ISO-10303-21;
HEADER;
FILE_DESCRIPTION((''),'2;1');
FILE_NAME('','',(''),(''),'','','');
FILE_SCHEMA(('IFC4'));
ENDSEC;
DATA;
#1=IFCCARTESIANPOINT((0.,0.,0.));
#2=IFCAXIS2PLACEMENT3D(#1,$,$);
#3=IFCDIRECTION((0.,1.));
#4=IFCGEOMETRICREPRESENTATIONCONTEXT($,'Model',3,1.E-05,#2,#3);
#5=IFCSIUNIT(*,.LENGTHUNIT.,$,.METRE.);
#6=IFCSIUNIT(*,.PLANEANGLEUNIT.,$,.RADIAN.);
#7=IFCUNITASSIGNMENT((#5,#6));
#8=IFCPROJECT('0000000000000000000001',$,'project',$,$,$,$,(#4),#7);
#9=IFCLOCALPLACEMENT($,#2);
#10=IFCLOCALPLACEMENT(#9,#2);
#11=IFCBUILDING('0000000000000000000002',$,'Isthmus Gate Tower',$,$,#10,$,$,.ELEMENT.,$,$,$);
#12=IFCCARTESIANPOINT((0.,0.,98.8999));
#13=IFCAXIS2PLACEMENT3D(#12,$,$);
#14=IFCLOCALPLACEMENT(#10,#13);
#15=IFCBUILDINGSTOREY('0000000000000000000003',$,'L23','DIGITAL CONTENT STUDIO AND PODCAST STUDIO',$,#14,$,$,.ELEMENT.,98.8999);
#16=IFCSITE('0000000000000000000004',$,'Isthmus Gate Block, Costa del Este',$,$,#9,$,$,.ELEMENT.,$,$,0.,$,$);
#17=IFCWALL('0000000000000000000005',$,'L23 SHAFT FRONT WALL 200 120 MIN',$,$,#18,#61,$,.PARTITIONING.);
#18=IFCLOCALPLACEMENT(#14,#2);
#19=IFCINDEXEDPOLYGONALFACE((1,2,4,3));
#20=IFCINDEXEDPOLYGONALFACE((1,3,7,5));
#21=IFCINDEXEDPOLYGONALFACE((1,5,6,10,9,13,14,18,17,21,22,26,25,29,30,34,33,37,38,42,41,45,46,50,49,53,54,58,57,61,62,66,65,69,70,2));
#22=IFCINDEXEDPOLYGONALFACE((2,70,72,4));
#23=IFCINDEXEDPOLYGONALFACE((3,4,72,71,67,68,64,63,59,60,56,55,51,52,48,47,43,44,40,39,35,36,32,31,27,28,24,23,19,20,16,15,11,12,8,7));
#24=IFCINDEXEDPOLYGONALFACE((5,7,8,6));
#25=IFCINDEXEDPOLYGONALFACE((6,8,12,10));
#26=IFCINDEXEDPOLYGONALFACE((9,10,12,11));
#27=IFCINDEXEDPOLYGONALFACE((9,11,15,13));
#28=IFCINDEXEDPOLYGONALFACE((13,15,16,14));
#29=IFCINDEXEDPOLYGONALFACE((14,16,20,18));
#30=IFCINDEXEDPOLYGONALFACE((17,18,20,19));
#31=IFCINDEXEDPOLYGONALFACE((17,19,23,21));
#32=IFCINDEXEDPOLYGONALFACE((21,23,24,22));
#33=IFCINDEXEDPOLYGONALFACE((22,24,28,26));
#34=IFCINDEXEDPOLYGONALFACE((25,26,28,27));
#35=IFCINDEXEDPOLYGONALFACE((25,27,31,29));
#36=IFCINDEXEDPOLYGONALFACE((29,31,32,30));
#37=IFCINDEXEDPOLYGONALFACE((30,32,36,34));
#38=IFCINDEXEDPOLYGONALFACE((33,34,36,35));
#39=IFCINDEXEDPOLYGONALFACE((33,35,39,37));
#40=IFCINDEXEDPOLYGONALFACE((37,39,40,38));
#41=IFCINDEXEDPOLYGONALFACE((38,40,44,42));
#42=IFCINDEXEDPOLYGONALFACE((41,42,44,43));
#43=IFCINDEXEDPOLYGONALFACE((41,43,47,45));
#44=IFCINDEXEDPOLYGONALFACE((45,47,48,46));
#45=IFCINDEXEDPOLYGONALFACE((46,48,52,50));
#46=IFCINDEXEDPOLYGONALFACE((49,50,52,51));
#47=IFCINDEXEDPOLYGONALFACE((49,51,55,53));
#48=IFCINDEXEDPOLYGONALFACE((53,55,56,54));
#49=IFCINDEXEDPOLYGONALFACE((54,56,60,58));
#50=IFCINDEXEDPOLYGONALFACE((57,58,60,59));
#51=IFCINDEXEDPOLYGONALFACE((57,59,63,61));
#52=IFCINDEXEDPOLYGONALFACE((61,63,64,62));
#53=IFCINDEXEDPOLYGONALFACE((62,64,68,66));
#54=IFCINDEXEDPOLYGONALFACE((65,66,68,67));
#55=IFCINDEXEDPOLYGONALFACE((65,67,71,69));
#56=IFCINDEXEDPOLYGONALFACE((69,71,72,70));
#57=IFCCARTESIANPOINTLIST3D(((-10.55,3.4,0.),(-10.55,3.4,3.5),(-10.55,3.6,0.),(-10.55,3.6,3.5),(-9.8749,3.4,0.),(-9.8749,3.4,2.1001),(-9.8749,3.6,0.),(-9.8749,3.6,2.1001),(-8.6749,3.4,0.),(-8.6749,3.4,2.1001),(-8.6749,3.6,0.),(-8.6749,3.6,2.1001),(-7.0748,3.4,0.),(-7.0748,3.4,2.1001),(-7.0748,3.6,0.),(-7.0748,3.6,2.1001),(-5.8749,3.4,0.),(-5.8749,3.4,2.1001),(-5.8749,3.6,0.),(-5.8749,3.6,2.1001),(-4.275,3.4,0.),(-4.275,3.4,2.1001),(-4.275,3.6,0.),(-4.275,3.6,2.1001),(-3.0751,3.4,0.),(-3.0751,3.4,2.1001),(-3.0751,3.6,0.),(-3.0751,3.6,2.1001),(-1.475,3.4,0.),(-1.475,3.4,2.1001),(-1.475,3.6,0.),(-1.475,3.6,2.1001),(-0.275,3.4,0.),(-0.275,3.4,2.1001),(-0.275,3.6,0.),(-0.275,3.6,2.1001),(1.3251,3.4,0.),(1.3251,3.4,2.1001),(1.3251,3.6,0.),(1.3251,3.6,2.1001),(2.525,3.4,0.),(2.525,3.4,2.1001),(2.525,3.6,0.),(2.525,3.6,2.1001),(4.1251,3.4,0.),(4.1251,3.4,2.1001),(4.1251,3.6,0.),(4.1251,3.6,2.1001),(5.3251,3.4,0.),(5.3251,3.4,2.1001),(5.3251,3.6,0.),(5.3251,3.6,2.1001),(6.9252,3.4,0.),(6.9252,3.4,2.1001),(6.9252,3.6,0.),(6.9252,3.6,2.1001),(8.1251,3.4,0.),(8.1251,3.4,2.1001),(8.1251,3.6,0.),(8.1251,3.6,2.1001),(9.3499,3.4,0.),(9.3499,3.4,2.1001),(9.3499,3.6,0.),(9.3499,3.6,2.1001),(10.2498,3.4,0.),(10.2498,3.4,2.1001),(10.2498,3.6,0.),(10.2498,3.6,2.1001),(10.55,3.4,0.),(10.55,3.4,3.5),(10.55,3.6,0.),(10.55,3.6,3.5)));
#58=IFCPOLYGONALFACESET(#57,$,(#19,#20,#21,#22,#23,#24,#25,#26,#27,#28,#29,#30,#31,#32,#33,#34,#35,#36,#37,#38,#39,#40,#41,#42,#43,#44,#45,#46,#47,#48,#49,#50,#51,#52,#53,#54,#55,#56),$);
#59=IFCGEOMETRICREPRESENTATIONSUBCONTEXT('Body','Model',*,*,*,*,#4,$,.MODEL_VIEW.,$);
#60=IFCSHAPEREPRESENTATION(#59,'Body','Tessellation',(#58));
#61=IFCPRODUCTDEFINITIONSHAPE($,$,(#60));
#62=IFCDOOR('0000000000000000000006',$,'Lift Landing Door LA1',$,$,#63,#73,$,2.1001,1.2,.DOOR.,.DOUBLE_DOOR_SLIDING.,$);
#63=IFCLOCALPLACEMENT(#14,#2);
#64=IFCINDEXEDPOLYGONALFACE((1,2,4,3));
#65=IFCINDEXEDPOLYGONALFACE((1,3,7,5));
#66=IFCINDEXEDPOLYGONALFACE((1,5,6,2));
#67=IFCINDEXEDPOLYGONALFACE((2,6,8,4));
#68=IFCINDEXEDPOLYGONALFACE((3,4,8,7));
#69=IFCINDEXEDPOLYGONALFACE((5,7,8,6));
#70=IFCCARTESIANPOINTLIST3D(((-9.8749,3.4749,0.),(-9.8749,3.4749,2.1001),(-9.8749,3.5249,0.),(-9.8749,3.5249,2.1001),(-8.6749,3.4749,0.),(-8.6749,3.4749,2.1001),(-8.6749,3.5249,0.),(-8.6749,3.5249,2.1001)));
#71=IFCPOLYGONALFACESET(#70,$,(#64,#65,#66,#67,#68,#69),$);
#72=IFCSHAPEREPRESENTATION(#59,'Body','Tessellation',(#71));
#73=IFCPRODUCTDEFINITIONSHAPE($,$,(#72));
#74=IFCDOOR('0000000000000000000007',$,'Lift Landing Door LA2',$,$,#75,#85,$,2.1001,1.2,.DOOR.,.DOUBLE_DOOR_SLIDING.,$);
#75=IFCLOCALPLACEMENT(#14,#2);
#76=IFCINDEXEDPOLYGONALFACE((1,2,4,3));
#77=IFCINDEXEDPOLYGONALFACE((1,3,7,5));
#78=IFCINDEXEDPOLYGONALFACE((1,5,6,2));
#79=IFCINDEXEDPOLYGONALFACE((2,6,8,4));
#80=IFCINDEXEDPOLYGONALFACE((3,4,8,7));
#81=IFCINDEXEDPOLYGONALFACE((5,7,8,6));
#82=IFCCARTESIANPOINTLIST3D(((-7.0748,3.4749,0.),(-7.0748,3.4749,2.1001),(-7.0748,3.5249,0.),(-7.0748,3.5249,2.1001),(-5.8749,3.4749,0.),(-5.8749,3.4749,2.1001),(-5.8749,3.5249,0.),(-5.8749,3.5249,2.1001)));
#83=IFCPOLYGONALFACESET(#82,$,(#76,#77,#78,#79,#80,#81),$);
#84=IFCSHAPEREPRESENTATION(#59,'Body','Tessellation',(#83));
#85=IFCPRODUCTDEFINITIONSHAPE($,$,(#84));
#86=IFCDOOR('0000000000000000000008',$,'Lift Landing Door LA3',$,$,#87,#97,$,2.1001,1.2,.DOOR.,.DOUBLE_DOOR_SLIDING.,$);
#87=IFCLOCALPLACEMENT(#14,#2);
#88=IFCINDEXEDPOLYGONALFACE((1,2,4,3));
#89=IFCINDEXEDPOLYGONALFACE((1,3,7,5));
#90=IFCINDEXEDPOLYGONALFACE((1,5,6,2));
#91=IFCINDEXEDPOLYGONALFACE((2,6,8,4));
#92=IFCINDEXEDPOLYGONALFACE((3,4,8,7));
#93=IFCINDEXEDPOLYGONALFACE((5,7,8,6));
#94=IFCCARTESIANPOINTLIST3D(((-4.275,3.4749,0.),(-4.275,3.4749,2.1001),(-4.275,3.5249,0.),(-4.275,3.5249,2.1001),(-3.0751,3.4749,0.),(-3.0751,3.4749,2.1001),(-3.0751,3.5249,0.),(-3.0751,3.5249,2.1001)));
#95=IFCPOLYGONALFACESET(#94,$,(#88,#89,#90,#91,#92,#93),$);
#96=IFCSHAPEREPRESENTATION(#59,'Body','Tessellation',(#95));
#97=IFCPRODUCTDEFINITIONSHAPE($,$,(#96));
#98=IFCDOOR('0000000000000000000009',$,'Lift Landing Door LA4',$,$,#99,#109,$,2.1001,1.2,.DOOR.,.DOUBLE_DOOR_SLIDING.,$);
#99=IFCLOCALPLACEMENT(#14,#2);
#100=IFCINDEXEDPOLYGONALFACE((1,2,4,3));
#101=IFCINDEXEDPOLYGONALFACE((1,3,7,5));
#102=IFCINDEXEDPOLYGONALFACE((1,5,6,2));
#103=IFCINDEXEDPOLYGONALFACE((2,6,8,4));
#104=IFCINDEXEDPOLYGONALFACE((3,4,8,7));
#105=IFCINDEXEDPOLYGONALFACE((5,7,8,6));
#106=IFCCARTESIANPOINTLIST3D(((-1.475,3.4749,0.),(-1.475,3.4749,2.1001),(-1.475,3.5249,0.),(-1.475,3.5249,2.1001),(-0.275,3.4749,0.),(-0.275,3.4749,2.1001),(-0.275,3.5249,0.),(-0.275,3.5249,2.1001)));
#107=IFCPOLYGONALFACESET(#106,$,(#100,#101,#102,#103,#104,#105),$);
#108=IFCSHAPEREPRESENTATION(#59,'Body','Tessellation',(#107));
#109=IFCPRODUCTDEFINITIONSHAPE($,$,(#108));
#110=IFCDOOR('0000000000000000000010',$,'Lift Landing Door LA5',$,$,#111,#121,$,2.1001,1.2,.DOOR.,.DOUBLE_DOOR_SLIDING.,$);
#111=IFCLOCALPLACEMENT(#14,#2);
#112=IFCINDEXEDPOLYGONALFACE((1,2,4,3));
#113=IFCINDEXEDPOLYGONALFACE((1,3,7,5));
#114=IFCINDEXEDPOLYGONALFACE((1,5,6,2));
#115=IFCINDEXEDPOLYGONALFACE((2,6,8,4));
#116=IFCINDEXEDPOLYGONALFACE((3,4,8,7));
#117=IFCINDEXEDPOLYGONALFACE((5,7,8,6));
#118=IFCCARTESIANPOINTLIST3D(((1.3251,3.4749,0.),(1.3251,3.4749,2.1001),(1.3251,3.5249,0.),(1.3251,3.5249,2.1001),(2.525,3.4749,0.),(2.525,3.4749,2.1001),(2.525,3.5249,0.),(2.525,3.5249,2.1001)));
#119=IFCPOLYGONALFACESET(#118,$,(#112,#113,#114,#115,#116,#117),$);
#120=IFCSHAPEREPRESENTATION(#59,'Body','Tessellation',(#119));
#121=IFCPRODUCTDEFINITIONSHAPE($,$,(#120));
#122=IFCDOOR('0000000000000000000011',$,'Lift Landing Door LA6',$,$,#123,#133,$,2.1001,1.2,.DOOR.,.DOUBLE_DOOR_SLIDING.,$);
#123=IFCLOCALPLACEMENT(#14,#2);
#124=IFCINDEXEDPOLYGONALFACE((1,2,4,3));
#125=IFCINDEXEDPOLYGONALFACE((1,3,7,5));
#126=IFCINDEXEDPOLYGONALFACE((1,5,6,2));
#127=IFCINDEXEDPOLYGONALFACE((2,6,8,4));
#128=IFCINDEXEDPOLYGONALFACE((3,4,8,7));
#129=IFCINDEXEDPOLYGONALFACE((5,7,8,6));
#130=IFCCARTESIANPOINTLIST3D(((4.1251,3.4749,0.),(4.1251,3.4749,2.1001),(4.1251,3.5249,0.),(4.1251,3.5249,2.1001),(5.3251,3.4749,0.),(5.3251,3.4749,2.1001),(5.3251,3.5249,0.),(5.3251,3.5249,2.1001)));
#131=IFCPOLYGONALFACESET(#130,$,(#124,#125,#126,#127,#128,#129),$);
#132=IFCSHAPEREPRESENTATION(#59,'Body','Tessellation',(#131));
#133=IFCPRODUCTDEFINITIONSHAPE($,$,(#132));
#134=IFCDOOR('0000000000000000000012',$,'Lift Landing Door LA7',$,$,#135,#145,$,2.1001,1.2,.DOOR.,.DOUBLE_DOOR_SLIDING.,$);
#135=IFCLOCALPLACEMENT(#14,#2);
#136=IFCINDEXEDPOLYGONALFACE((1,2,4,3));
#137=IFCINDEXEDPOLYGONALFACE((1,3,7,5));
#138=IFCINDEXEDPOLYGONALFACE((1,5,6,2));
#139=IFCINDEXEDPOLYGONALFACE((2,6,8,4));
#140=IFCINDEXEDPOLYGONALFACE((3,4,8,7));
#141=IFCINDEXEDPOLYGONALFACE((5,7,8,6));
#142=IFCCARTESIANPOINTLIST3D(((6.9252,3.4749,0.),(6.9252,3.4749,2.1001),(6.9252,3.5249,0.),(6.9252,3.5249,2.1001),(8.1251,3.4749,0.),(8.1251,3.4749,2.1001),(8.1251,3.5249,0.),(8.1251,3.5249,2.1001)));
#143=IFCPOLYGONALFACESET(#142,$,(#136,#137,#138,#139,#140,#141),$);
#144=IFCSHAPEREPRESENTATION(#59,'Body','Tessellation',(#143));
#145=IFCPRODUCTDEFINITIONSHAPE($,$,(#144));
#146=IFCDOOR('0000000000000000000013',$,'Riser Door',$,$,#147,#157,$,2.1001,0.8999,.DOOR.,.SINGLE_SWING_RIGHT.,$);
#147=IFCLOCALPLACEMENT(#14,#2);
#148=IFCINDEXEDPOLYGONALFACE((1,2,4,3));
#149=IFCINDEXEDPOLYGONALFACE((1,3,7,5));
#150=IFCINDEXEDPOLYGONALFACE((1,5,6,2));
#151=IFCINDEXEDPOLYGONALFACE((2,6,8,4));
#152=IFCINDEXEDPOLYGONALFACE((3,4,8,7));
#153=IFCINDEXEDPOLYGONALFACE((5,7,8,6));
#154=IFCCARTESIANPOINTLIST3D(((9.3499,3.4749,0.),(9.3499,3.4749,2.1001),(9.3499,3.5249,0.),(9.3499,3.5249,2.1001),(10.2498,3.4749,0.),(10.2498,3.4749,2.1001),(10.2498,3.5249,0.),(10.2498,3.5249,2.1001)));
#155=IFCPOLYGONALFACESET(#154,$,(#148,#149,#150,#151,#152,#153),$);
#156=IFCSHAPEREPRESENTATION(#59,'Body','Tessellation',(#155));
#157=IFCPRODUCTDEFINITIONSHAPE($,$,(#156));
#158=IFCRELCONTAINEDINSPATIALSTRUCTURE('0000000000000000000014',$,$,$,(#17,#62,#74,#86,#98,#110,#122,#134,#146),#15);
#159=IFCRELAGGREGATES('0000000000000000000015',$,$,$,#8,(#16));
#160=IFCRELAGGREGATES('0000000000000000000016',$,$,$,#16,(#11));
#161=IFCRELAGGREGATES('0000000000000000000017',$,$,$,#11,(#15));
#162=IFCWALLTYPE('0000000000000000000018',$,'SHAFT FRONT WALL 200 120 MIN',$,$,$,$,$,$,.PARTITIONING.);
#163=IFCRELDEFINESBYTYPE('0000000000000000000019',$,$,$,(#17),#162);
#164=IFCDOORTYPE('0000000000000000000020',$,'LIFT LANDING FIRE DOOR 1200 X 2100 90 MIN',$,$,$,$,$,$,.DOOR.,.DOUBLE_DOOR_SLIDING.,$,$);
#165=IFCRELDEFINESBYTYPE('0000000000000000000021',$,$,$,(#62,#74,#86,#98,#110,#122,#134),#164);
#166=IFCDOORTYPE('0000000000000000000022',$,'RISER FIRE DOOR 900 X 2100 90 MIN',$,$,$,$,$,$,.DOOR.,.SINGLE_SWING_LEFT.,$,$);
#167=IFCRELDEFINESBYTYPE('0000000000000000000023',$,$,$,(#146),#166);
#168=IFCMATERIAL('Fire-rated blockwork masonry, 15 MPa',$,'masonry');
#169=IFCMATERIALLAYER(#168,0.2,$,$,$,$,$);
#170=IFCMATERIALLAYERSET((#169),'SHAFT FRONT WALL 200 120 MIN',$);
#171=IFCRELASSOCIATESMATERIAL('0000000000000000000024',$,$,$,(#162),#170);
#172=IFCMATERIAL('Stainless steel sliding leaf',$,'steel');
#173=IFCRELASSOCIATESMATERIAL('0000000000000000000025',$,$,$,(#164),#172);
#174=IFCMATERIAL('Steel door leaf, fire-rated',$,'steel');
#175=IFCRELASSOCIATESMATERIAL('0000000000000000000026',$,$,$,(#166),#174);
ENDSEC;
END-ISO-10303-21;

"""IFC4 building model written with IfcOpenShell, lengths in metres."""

from ifc_helpers import new_model, si_unit, direction, frame, frame_2d, origin, place, context, subcontext, project, spatial, rectangle, extrude, material, layer, layer_set, type_object, element, fill, save


model = new_model("IFC4")

# Units and contexts
model_context = context("Model", 3, precision=1e-05, world=origin(), true_north=direction((0.0, 1.0)))
body_context = subcontext(model_context, "Body", "Model", "MODEL_VIEW")
ifc_project = project(units=[si_unit("LENGTHUNIT", "METRE"), si_unit("PLANEANGLEUNIT", "RADIAN")], contexts=[model_context])

# Site, building, storey
site_placement = place(None, origin())
site = spatial("IfcSite", under=ifc_project, at=site_placement, Name="Isthmus Gate Block, Costa del Este", CompositionType="ELEMENT", RefElevation=0.0)
building_placement = place(site_placement, origin())
building = spatial("IfcBuilding", under=site, at=building_placement, Name="Isthmus Gate Tower", CompositionType="ELEMENT")
storey_placement = place(building_placement, frame((0.0, 0.0, 98.8999)))
storey = spatial("IfcBuildingStorey", under=building, at=storey_placement, Name="L23", Description="DIGITAL CONTENT STUDIO AND PODCAST STUDIO", CompositionType="ELEMENT", Elevation=98.8999)

# Wall, openings, doors
ifc_material_1 = material(Name="Fire-rated blockwork masonry, 15 MPa", Category="masonry")
ifc_layer_1 = layer(ifc_material_1, 0.2)
ifc_layer_set_1 = layer_set([ifc_layer_1], Name="SHAFT FRONT WALL 200 120 MIN")
wall_type_1 = type_object("IfcWallType", Name="SHAFT FRONT WALL 200 120 MIN", PredefinedType="PARTITIONING", material=ifc_layer_set_1)
wall_1_placement = place(storey_placement, frame((-10.55, 3.5, 0.0), z_axis=(0.0, 0.0, 1.0), x_axis=(1.0, 0.0, 0.0)))
wall_1 = element("IfcWall", 1, at=wall_1_placement, inside=storey, type_object=wall_type_1, Name="L23 SHAFT FRONT WALL 200 120 MIN", PredefinedType="PARTITIONING", context=body_context, shape_type="SweptSolid", body=[
    extrude(rectangle(XDim=21.1001, YDim=0.2, at=frame_2d((10.55, 0.0))), origin(), (0.0, 0.0, 1.0), 3.5),
])
opening_1_placement = place(wall_1_placement, frame((0.675, 0.0, 0.0)))
opening_1 = element("IfcOpeningElement", 2, at=opening_1_placement, cuts=wall_1, PredefinedType="OPENING", context=body_context, shape_type="SweptSolid", body=[
    extrude(rectangle(XDim=1.2, YDim=2.1001, at=frame_2d((0.6001, 1.05))), frame((0.0, 0.1099, 0.0), z_axis=(0.0, -1.0, 0.0), x_axis=(1.0, 0.0, 0.0)), (0.0, 0.0, 1.0), 0.22),
])
opening_2_placement = place(wall_1_placement, frame((3.4751, 0.0, 0.0)))
opening_2 = element("IfcOpeningElement", 3, at=opening_2_placement, cuts=wall_1, PredefinedType="OPENING", context=body_context, shape_type="SweptSolid", body=[
    extrude(rectangle(XDim=1.2, YDim=2.1001, at=frame_2d((0.6001, 1.05))), frame((0.0, 0.1099, 0.0), z_axis=(0.0, -1.0, 0.0), x_axis=(1.0, 0.0, 0.0)), (0.0, 0.0, 1.0), 0.22),
])
opening_3_placement = place(wall_1_placement, frame((6.2749, 0.0, 0.0)))
opening_3 = element("IfcOpeningElement", 4, at=opening_3_placement, cuts=wall_1, PredefinedType="OPENING", context=body_context, shape_type="SweptSolid", body=[
    extrude(rectangle(XDim=1.2, YDim=2.1001, at=frame_2d((0.6001, 1.05))), frame((0.0, 0.1099, 0.0), z_axis=(0.0, -1.0, 0.0), x_axis=(1.0, 0.0, 0.0)), (0.0, 0.0, 1.0), 0.22),
])
opening_4_placement = place(wall_1_placement, frame((9.075, 0.0, 0.0)))
opening_4 = element("IfcOpeningElement", 5, at=opening_4_placement, cuts=wall_1, PredefinedType="OPENING", context=body_context, shape_type="SweptSolid", body=[
    extrude(rectangle(XDim=1.2, YDim=2.1001, at=frame_2d((0.6001, 1.05))), frame((0.0, 0.1099, 0.0), z_axis=(0.0, -1.0, 0.0), x_axis=(1.0, 0.0, 0.0)), (0.0, 0.0, 1.0), 0.22),
])
opening_5_placement = place(wall_1_placement, frame((11.875, 0.0, 0.0)))
opening_5 = element("IfcOpeningElement", 6, at=opening_5_placement, cuts=wall_1, PredefinedType="OPENING", context=body_context, shape_type="SweptSolid", body=[
    extrude(rectangle(XDim=1.2, YDim=2.1001, at=frame_2d((0.6001, 1.05))), frame((0.0, 0.1099, 0.0), z_axis=(0.0, -1.0, 0.0), x_axis=(1.0, 0.0, 0.0)), (0.0, 0.0, 1.0), 0.22),
])
opening_6_placement = place(wall_1_placement, frame((14.675, 0.0, 0.0)))
opening_6 = element("IfcOpeningElement", 7, at=opening_6_placement, cuts=wall_1, PredefinedType="OPENING", context=body_context, shape_type="SweptSolid", body=[
    extrude(rectangle(XDim=1.2, YDim=2.1001, at=frame_2d((0.6001, 1.05))), frame((0.0, 0.1099, 0.0), z_axis=(0.0, -1.0, 0.0), x_axis=(1.0, 0.0, 0.0)), (0.0, 0.0, 1.0), 0.22),
])
opening_7_placement = place(wall_1_placement, frame((17.4751, 0.0, 0.0)))
opening_7 = element("IfcOpeningElement", 8, at=opening_7_placement, cuts=wall_1, PredefinedType="OPENING", context=body_context, shape_type="SweptSolid", body=[
    extrude(rectangle(XDim=1.2, YDim=2.1001, at=frame_2d((0.6001, 1.05))), frame((0.0, 0.1099, 0.0), z_axis=(0.0, -1.0, 0.0), x_axis=(1.0, 0.0, 0.0)), (0.0, 0.0, 1.0), 0.22),
])
opening_8_placement = place(wall_1_placement, frame((19.8999, 0.0, 0.0)))
opening_8 = element("IfcOpeningElement", 9, at=opening_8_placement, cuts=wall_1, PredefinedType="OPENING", context=body_context, shape_type="SweptSolid", body=[
    extrude(rectangle(XDim=0.8999, YDim=2.1001, at=frame_2d((0.45, 1.05))), frame((0.0, 0.1099, 0.0), z_axis=(0.0, -1.0, 0.0), x_axis=(1.0, 0.0, 0.0)), (0.0, 0.0, 1.0), 0.22),
])
ifc_material_2 = material(Name="Stainless steel sliding leaf", Category="steel")
door_type_1 = type_object("IfcDoorType", Name="LIFT LANDING FIRE DOOR 1200 X 2100 90 MIN", OperationType="DOUBLE_DOOR_SLIDING", PredefinedType="DOOR", material=ifc_material_2)
door_1_placement = place(opening_1_placement, origin())
door_1 = element("IfcDoor", 10, at=door_1_placement, inside=storey, type_object=door_type_1, Name="Lift Landing Door LA1", OperationType="DOUBLE_DOOR_SLIDING", OverallHeight=2.1001, OverallWidth=1.2, PredefinedType="DOOR", context=body_context, shape_type="SweptSolid", body=[
    extrude(rectangle(XDim=1.2, YDim=2.1001, at=frame_2d((0.6001, 1.05))), frame((0.0, 0.0249, 0.0), z_axis=(0.0, -1.0, 0.0), x_axis=(1.0, 0.0, 0.0)), (0.0, 0.0, 1.0), 0.05),
])
fill(opening_1, door_1)
door_2_placement = place(opening_2_placement, origin())
door_2 = element("IfcDoor", 11, at=door_2_placement, inside=storey, type_object=door_type_1, Name="Lift Landing Door LA2", OperationType="DOUBLE_DOOR_SLIDING", OverallHeight=2.1001, OverallWidth=1.2, PredefinedType="DOOR", context=body_context, shape_type="SweptSolid", body=[
    extrude(rectangle(XDim=1.2, YDim=2.1001, at=frame_2d((0.6001, 1.05))), frame((0.0, 0.0249, 0.0), z_axis=(0.0, -1.0, 0.0), x_axis=(1.0, 0.0, 0.0)), (0.0, 0.0, 1.0), 0.05),
])
fill(opening_2, door_2)
door_3_placement = place(opening_3_placement, origin())
door_3 = element("IfcDoor", 12, at=door_3_placement, inside=storey, type_object=door_type_1, Name="Lift Landing Door LA3", OperationType="DOUBLE_DOOR_SLIDING", OverallHeight=2.1001, OverallWidth=1.2, PredefinedType="DOOR", context=body_context, shape_type="SweptSolid", body=[
    extrude(rectangle(XDim=1.2, YDim=2.1001, at=frame_2d((0.6001, 1.05))), frame((0.0, 0.0249, 0.0), z_axis=(0.0, -1.0, 0.0), x_axis=(1.0, 0.0, 0.0)), (0.0, 0.0, 1.0), 0.05),
])
fill(opening_3, door_3)
door_4_placement = place(opening_4_placement, origin())
door_4 = element("IfcDoor", 13, at=door_4_placement, inside=storey, type_object=door_type_1, Name="Lift Landing Door LA4", OperationType="DOUBLE_DOOR_SLIDING", OverallHeight=2.1001, OverallWidth=1.2, PredefinedType="DOOR", context=body_context, shape_type="SweptSolid", body=[
    extrude(rectangle(XDim=1.2, YDim=2.1001, at=frame_2d((0.6001, 1.05))), frame((0.0, 0.0249, 0.0), z_axis=(0.0, -1.0, 0.0), x_axis=(1.0, 0.0, 0.0)), (0.0, 0.0, 1.0), 0.05),
])
fill(opening_4, door_4)
door_5_placement = place(opening_5_placement, origin())
door_5 = element("IfcDoor", 14, at=door_5_placement, inside=storey, type_object=door_type_1, Name="Lift Landing Door LA5", OperationType="DOUBLE_DOOR_SLIDING", OverallHeight=2.1001, OverallWidth=1.2, PredefinedType="DOOR", context=body_context, shape_type="SweptSolid", body=[
    extrude(rectangle(XDim=1.2, YDim=2.1001, at=frame_2d((0.6001, 1.05))), frame((0.0, 0.0249, 0.0), z_axis=(0.0, -1.0, 0.0), x_axis=(1.0, 0.0, 0.0)), (0.0, 0.0, 1.0), 0.05),
])
fill(opening_5, door_5)
door_6_placement = place(opening_6_placement, origin())
door_6 = element("IfcDoor", 15, at=door_6_placement, inside=storey, type_object=door_type_1, Name="Lift Landing Door LA6", OperationType="DOUBLE_DOOR_SLIDING", OverallHeight=2.1001, OverallWidth=1.2, PredefinedType="DOOR", context=body_context, shape_type="SweptSolid", body=[
    extrude(rectangle(XDim=1.2, YDim=2.1001, at=frame_2d((0.6001, 1.05))), frame((0.0, 0.0249, 0.0), z_axis=(0.0, -1.0, 0.0), x_axis=(1.0, 0.0, 0.0)), (0.0, 0.0, 1.0), 0.05),
])
fill(opening_6, door_6)
door_7_placement = place(opening_7_placement, origin())
door_7 = element("IfcDoor", 16, at=door_7_placement, inside=storey, type_object=door_type_1, Name="Lift Landing Door LA7", OperationType="DOUBLE_DOOR_SLIDING", OverallHeight=2.1001, OverallWidth=1.2, PredefinedType="DOOR", context=body_context, shape_type="SweptSolid", body=[
    extrude(rectangle(XDim=1.2, YDim=2.1001, at=frame_2d((0.6001, 1.05))), frame((0.0, 0.0249, 0.0), z_axis=(0.0, -1.0, 0.0), x_axis=(1.0, 0.0, 0.0)), (0.0, 0.0, 1.0), 0.05),
])
fill(opening_7, door_7)
ifc_material_3 = material(Name="Steel door leaf, fire-rated", Category="steel")
door_type_2 = type_object("IfcDoorType", Name="RISER FIRE DOOR 900 X 2100 90 MIN", OperationType="SINGLE_SWING_LEFT", PredefinedType="DOOR", material=ifc_material_3)
door_8_placement = place(opening_8_placement, origin())
door_8 = element("IfcDoor", 17, at=door_8_placement, inside=storey, type_object=door_type_2, Name="Riser Door", OperationType="SINGLE_SWING_RIGHT", OverallHeight=2.1001, OverallWidth=0.8999, PredefinedType="DOOR", context=body_context, shape_type="SweptSolid", body=[
    extrude(rectangle(XDim=0.8999, YDim=2.1001, at=frame_2d((0.45, 1.05))), frame((0.0, 0.0249, 0.0), z_axis=(0.0, -1.0, 0.0), x_axis=(1.0, 0.0, 0.0)), (0.0, 0.0, 1.0), 0.05),
])
fill(opening_8, door_8)

save(model, "model.ifc")
